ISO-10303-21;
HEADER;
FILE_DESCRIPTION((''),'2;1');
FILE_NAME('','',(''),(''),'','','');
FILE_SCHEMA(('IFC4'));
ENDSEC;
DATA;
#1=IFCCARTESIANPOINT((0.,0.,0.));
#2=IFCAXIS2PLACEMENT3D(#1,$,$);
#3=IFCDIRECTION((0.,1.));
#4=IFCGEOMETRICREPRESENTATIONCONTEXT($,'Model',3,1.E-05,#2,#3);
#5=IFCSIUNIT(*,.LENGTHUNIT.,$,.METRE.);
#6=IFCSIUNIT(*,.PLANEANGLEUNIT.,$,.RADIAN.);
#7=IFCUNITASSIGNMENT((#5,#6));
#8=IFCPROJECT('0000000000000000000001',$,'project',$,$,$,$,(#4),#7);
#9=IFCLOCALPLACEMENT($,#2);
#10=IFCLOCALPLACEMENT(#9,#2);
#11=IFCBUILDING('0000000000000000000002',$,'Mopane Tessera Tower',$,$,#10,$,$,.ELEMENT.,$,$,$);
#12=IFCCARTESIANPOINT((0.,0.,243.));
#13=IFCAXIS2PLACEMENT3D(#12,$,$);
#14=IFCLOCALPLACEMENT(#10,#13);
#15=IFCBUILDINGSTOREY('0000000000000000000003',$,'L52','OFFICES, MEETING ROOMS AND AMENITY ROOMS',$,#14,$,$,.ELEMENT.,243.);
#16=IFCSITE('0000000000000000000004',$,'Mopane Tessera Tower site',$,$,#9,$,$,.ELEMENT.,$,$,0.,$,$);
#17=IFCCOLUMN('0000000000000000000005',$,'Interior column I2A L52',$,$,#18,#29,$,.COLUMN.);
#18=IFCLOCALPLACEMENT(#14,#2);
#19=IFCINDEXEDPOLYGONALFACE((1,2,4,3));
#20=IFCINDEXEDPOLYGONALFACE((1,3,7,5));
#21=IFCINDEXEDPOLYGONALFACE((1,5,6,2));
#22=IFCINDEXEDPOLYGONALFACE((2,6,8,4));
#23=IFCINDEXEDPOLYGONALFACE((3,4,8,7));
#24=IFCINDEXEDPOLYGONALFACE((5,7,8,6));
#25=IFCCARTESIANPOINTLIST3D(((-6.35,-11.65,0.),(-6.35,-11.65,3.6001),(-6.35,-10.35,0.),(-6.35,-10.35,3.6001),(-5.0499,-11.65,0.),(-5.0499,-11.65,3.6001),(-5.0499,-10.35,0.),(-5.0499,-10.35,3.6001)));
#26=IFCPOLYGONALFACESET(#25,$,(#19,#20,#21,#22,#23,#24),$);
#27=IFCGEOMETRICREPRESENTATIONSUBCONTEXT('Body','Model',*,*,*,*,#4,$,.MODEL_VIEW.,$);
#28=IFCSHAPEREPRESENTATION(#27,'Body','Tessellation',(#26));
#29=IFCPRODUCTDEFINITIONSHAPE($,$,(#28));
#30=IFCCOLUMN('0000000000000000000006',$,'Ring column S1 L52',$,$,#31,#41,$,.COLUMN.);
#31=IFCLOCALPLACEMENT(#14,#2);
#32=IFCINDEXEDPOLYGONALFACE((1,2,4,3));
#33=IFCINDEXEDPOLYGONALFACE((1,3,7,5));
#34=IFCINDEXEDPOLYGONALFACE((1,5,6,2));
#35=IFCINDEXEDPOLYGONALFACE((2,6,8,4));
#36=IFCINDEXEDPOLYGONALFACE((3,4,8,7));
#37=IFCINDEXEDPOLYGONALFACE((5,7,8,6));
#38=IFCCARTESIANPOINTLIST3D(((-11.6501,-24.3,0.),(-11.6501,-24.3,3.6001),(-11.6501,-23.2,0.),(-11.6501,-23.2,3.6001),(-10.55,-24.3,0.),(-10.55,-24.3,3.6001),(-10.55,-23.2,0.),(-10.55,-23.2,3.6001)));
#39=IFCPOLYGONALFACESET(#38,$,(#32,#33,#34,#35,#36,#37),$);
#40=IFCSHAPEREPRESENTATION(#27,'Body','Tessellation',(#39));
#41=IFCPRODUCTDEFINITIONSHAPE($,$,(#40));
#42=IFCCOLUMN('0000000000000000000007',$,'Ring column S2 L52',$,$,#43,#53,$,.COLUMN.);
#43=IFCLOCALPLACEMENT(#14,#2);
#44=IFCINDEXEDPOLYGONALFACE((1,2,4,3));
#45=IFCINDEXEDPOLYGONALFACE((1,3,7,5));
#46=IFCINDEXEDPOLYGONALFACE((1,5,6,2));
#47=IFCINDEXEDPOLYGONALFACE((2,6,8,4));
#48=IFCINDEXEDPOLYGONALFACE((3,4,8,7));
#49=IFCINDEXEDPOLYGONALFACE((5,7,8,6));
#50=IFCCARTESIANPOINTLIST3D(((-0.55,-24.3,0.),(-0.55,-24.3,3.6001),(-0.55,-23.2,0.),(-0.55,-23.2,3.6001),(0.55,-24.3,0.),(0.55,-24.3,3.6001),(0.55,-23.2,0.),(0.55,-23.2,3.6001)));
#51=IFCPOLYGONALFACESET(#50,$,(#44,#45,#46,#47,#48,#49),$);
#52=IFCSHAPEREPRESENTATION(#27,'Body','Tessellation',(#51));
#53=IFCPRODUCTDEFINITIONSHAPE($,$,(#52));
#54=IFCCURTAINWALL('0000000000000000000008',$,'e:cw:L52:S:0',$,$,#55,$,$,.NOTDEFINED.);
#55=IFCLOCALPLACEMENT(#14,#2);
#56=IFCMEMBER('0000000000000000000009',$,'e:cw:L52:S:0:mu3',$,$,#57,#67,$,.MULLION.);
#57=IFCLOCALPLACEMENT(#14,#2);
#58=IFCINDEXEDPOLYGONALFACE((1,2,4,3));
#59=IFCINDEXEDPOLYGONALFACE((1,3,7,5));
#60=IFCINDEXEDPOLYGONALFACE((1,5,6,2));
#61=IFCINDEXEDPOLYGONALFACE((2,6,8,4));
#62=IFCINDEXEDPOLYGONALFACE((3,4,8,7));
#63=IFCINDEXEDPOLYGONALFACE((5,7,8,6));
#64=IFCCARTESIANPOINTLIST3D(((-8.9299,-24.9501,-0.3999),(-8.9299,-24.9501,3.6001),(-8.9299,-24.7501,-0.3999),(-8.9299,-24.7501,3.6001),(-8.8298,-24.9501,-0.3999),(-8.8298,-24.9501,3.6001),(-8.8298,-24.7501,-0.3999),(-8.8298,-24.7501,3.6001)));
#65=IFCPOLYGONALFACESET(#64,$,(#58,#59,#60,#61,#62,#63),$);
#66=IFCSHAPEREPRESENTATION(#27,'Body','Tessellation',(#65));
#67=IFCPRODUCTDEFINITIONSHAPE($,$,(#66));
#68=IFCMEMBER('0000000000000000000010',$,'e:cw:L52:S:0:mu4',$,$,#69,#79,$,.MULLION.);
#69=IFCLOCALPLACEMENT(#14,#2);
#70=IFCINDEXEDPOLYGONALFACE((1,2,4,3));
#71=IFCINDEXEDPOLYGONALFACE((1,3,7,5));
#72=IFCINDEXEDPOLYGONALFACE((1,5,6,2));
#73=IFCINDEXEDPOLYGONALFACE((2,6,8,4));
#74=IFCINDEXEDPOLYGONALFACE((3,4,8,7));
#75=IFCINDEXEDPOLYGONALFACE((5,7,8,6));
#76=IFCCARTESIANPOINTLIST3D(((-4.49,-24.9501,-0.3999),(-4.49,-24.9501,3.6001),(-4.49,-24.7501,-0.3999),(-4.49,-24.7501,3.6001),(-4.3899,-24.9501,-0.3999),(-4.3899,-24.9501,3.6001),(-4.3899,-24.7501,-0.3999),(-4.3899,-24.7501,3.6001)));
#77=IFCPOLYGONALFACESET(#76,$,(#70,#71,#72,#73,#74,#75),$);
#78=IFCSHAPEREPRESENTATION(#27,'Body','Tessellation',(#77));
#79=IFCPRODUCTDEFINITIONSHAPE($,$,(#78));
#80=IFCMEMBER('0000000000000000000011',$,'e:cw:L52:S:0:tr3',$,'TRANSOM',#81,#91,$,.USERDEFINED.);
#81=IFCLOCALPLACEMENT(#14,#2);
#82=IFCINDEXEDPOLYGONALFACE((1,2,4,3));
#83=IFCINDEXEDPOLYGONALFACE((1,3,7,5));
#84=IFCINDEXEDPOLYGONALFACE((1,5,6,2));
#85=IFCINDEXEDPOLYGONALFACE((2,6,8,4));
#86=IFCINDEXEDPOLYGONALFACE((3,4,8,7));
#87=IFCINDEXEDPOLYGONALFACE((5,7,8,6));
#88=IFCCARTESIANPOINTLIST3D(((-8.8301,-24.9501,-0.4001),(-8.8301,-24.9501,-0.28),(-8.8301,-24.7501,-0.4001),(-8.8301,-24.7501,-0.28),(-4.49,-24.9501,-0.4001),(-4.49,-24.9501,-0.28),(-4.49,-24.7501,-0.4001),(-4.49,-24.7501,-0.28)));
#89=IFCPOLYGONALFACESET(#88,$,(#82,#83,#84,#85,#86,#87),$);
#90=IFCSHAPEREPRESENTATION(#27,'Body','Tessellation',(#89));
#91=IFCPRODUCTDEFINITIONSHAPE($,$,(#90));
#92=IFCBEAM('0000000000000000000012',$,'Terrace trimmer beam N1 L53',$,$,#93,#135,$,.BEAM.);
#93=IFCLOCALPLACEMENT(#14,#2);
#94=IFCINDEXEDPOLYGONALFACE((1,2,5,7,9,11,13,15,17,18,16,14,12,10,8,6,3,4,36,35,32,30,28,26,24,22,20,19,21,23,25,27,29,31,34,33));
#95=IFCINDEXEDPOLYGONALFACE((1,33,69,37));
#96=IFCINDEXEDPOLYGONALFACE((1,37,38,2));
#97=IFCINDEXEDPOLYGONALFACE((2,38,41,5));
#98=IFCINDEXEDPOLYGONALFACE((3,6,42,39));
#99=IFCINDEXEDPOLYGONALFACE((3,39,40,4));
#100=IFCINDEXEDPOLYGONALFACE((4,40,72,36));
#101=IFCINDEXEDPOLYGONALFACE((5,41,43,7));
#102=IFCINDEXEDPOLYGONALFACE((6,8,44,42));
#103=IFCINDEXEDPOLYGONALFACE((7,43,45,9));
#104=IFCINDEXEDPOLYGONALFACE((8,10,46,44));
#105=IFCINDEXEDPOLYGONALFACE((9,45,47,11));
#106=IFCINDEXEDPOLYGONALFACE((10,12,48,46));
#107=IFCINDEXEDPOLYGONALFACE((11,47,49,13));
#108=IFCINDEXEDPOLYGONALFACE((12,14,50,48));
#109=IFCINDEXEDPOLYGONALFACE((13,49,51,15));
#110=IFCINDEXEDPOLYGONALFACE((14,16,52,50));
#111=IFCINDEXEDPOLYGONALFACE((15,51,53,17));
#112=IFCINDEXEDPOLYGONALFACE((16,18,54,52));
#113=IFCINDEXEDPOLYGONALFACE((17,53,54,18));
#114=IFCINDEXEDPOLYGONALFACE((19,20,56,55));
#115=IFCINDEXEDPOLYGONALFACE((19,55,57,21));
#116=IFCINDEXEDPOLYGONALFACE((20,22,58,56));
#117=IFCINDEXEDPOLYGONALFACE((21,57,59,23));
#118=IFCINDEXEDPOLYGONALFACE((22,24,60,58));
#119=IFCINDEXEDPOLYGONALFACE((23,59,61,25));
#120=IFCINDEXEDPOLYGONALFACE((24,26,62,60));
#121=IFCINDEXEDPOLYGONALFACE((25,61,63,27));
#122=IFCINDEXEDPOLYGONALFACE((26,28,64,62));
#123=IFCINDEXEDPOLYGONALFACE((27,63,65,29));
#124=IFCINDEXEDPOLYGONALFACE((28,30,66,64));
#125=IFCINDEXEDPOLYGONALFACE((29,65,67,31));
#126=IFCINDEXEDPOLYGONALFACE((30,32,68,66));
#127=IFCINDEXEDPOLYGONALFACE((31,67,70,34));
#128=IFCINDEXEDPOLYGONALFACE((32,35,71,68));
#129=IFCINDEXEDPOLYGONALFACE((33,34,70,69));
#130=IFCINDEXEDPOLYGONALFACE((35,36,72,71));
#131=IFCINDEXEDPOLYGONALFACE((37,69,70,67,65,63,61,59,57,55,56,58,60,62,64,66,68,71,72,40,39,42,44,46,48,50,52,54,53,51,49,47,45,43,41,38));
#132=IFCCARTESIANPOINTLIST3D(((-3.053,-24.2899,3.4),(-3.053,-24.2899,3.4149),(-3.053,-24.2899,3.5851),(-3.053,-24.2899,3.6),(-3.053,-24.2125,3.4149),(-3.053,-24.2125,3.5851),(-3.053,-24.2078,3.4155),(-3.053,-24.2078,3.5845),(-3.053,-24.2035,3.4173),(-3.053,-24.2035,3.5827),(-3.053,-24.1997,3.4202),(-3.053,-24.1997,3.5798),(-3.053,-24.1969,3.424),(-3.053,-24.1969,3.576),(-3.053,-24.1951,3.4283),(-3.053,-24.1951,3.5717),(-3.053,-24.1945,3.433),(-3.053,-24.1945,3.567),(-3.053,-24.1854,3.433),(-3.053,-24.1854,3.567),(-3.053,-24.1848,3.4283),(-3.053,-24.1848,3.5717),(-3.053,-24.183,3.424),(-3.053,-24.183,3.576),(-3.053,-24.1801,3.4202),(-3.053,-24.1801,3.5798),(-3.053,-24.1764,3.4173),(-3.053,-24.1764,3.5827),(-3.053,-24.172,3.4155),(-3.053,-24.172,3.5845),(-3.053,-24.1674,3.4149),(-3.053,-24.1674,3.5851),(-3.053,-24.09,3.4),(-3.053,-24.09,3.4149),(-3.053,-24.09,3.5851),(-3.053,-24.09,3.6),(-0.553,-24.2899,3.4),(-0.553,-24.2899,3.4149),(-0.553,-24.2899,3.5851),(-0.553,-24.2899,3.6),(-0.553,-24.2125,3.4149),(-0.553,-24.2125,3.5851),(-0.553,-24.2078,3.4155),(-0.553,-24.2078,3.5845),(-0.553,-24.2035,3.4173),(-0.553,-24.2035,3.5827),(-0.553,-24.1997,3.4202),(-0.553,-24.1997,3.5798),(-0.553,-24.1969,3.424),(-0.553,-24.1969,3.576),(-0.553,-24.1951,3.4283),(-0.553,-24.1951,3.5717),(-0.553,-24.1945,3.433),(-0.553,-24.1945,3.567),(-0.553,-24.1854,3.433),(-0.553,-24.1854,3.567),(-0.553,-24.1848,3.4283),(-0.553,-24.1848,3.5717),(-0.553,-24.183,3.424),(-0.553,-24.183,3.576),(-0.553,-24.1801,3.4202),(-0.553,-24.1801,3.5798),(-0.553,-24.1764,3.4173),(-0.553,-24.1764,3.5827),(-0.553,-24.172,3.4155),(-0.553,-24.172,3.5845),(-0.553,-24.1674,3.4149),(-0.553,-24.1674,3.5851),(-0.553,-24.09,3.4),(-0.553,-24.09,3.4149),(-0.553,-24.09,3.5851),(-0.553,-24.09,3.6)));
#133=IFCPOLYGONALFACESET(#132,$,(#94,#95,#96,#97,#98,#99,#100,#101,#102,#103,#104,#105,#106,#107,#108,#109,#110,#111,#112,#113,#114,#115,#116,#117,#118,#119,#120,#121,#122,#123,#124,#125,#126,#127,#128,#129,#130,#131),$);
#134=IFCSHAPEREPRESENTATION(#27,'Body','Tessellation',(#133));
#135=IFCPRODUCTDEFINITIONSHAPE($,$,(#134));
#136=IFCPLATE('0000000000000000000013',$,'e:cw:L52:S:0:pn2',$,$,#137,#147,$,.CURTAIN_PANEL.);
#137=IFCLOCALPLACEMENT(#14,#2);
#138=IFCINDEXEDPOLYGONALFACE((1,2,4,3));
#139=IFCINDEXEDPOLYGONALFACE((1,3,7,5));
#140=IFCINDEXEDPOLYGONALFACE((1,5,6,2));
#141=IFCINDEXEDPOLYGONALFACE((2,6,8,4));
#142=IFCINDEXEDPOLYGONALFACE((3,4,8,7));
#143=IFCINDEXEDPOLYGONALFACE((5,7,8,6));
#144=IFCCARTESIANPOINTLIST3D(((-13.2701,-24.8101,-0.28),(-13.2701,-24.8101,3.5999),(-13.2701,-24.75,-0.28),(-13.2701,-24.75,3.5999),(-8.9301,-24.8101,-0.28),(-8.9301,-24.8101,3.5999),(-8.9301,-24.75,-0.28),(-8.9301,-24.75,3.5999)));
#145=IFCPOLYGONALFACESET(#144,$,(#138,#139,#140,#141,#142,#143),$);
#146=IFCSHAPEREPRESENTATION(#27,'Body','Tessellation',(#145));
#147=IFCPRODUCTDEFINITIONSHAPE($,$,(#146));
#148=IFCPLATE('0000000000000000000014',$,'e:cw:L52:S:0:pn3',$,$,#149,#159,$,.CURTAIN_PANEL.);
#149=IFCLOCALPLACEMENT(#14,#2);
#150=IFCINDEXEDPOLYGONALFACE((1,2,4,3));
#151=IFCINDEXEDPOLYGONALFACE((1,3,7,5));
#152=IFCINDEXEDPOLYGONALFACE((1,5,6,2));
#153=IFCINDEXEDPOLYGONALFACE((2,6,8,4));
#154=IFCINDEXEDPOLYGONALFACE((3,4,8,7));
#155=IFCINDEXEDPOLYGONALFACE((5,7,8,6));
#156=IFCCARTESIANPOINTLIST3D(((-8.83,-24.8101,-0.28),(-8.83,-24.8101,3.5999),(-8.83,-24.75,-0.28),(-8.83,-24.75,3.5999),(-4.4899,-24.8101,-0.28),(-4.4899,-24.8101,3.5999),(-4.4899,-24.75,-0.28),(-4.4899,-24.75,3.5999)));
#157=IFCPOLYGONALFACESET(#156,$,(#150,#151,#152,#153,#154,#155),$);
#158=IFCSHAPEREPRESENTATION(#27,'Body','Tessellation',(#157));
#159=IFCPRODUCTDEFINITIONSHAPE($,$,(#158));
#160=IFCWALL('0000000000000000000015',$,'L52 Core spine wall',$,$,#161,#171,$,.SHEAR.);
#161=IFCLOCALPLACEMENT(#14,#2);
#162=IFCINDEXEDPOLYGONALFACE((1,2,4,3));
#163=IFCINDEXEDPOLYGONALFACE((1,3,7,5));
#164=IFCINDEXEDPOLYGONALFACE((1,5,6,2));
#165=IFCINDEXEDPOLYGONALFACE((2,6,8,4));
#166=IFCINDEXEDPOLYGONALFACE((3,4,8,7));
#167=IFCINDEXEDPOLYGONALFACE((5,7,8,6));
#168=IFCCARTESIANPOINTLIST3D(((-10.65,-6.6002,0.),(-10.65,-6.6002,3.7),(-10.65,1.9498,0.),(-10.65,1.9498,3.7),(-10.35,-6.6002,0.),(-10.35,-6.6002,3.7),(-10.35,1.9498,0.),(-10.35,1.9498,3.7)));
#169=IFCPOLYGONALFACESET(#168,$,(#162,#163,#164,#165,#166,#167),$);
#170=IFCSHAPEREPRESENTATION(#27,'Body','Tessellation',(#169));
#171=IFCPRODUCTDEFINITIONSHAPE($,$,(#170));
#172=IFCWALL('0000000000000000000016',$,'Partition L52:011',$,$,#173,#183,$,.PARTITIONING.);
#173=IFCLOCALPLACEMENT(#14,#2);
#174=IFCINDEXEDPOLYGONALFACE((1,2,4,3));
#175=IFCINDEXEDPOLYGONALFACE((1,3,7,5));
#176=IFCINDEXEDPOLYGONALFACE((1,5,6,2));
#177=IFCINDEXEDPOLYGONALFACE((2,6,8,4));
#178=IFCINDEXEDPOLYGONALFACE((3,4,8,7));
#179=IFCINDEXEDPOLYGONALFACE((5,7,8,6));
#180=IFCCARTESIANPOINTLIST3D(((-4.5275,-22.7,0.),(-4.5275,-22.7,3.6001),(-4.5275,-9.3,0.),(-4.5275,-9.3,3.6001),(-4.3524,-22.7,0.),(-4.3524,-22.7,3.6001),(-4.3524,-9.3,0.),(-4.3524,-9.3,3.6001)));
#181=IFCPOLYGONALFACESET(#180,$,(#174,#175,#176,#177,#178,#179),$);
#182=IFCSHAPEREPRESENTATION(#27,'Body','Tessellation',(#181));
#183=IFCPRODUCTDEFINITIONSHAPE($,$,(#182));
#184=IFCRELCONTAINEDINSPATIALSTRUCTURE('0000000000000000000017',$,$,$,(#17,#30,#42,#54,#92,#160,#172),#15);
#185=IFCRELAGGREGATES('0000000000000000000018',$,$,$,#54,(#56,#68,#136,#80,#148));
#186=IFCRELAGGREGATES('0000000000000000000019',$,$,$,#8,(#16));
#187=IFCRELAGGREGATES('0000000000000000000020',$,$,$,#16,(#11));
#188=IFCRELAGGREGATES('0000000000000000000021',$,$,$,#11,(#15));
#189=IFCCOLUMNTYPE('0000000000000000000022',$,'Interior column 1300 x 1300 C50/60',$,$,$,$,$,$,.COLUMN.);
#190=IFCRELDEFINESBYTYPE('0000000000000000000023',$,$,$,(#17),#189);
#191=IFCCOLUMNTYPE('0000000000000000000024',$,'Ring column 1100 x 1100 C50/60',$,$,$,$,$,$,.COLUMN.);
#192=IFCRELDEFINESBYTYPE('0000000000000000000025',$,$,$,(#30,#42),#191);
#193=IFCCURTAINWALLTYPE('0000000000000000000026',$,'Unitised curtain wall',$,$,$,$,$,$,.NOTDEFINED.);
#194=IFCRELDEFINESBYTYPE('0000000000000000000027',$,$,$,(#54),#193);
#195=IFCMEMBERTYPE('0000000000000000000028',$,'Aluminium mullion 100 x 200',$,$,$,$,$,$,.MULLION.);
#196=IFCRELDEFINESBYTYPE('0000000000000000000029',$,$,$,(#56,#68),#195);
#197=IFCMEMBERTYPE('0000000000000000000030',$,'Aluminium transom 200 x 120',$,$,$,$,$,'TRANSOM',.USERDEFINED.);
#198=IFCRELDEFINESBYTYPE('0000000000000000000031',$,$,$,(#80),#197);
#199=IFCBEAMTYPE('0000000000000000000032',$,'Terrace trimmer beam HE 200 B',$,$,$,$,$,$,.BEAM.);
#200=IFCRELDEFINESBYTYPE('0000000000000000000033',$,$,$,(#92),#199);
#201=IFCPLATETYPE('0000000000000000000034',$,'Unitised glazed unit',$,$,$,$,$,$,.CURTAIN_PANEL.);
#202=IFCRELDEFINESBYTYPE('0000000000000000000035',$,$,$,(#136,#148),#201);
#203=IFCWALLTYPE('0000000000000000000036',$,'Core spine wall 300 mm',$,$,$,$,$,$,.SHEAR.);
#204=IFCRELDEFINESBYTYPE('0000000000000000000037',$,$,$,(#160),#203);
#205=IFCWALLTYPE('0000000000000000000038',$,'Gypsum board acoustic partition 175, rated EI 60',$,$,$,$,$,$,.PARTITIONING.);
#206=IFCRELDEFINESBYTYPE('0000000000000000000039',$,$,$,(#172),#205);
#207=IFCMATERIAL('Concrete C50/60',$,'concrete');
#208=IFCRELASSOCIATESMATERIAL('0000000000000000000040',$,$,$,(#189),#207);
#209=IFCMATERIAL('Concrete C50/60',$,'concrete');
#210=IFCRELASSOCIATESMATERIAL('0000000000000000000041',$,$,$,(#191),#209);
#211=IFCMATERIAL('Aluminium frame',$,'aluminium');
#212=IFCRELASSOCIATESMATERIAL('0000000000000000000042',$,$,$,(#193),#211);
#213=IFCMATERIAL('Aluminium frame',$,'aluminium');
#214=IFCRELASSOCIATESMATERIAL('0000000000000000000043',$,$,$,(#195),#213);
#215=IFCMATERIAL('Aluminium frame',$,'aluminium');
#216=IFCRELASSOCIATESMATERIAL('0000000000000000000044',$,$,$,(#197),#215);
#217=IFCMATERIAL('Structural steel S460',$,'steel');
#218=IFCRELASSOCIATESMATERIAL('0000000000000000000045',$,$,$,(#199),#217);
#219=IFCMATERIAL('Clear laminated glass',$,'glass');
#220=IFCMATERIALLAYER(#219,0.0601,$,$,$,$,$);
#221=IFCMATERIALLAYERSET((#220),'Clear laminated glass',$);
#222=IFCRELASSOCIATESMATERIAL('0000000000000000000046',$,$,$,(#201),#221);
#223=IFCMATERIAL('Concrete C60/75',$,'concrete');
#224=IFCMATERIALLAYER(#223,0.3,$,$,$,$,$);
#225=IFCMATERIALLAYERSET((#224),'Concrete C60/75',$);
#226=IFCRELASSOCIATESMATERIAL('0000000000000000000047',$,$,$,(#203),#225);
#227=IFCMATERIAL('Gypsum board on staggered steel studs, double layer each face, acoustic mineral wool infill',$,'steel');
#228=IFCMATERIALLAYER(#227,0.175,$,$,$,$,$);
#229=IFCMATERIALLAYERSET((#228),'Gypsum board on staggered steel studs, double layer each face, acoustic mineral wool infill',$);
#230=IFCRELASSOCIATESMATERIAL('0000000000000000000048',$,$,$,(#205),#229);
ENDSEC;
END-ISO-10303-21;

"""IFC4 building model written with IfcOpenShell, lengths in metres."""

from ifc_helpers import new_model, si_unit, direction, frame, frame_2d, origin, origin_2d, place, context, subcontext, project, spatial, rectangle, i_section, extrude, material, layer, layer_set, material_profile, profile_set, type_object, element, aggregate, save


model = new_model("IFC4")

# Units and contexts
model_context = context("Model", 3, precision=1e-05, world=origin(), true_north=direction((0.0, 1.0)))
body_context = subcontext(model_context, "Body", "Model", "MODEL_VIEW")
ifc_project = project(units=[si_unit("LENGTHUNIT", "METRE"), si_unit("PLANEANGLEUNIT", "RADIAN")], contexts=[model_context])

# Site, building, storey
site_placement = place(None, origin())
site = spatial("IfcSite", under=ifc_project, at=site_placement, Name="Mopane Tessera Tower site", CompositionType="ELEMENT", RefElevation=0.0)
building_placement = place(site_placement, origin())
building = spatial("IfcBuilding", under=site, at=building_placement, Name="Mopane Tessera Tower", CompositionType="ELEMENT")
storey_placement = place(building_placement, frame((0.0, 0.0, 243.0)))
storey = spatial("IfcBuildingStorey", under=building, at=storey_placement, Name="L52", Description="OFFICES, MEETING ROOMS AND AMENITY ROOMS", CompositionType="ELEMENT", Elevation=243.0)

# Columns
ifc_material_1 = material(Name="Concrete C50/60", Category="concrete")
ifc_material_profile_1 = material_profile(ifc_material_1, rectangle(XDim=1.3, YDim=1.3, at=origin_2d()))
ifc_profile_set_1 = profile_set([ifc_material_profile_1], Name="Concrete C50/60")
column_type_1 = type_object("IfcColumnType", Name="Interior column 1300 x 1300 C50/60", PredefinedType="COLUMN", material=ifc_profile_set_1)
column_placement = place(storey_placement, frame((-5.7, -11.0, 0.0), z_axis=(0.0, 0.0, 1.0), x_axis=(1.0, 0.0, 0.0)))
element("IfcColumn", 1, at=column_placement, inside=storey, type_object=column_type_1, Name="Interior column I2A L52", PredefinedType="COLUMN", context=body_context, shape_type="SweptSolid", body=[
    extrude(rectangle(XDim=1.3, YDim=1.3, at=origin_2d()), origin(), (0.0, 0.0, 1.0), 3.6001),
])
ifc_material_2 = material(Name="Concrete C50/60", Category="concrete")
ifc_material_profile_2 = material_profile(ifc_material_2, rectangle(XDim=1.1001, YDim=1.1001, at=origin_2d()))
ifc_profile_set_2 = profile_set([ifc_material_profile_2], Name="Concrete C50/60")
column_type_2 = type_object("IfcColumnType", Name="Ring column 1100 x 1100 C50/60", PredefinedType="COLUMN", material=ifc_profile_set_2)
for number, where, z_axis, x_axis, name in (
    (2, (-11.1001, -23.75, 0.0), (0.0, 0.0, 1.0), (1.0, 0.0, 0.0), "Ring column S1 L52"),
    (3, (0.0, -23.75, 0.0), (0.0, 0.0, 1.0), (1.0, 0.0, 0.0), "Ring column S2 L52"),
):
    element("IfcColumn", number, at=place(storey_placement, frame(where, z_axis=z_axis, x_axis=x_axis)), inside=storey, type_object=column_type_2, Name=name, PredefinedType="COLUMN", context=body_context, shape_type="SweptSolid", body=[
        extrude(rectangle(XDim=1.1001, YDim=1.1001, at=origin_2d()), origin(), (0.0, 0.0, 1.0), 3.6001),
    ])

# Curtain wall, members
ifc_material_3 = material(Name="Aluminium frame", Category="aluminium")
curtain_wall_type = type_object("IfcCurtainWallType", Name="Unitised curtain wall", PredefinedType="NOTDEFINED", material=ifc_material_3)
curtain_wall_placement = place(storey_placement, origin())
curtain_wall = element("IfcCurtainWall", 4, at=curtain_wall_placement, inside=storey, type_object=curtain_wall_type, Name="e:cw:L52:S:0", PredefinedType="NOTDEFINED")
ifc_material_4 = material(Name="Aluminium frame", Category="aluminium")
ifc_material_profile_3 = material_profile(ifc_material_4, rectangle(XDim=0.1001, YDim=0.2, at=origin_2d()))
ifc_profile_set_3 = profile_set([ifc_material_profile_3], Name="Aluminium frame")
member_type_1 = type_object("IfcMemberType", Name="Aluminium mullion 100 x 200", PredefinedType="MULLION", material=ifc_profile_set_3)
member_1_placement = place(storey_placement, frame((-8.8799, -24.8501, -0.3999), z_axis=(0.0, 0.0, 1.0), x_axis=(1.0, 0.0, 0.0)))
member_1 = element("IfcMember", 5, at=member_1_placement, type_object=member_type_1, Name="e:cw:L52:S:0:mu3", PredefinedType="MULLION", context=body_context, shape_type="SweptSolid", body=[
    extrude(rectangle(XDim=0.1001, YDim=0.2, at=origin_2d()), origin(), (0.0, 0.0, 1.0), 4.0),
])
member_2_placement = place(storey_placement, frame((-4.4399, -24.8501, -0.3999), z_axis=(0.0, 0.0, 1.0), x_axis=(1.0, 0.0, 0.0)))
member_2 = element("IfcMember", 6, at=member_2_placement, type_object=member_type_1, Name="e:cw:L52:S:0:mu4", PredefinedType="MULLION", context=body_context, shape_type="SweptSolid", body=[
    extrude(rectangle(XDim=0.1001, YDim=0.2, at=origin_2d()), origin(), (0.0, 0.0, 1.0), 4.0),
])
ifc_material_5 = material(Name="Aluminium frame", Category="aluminium")
ifc_material_profile_4 = material_profile(ifc_material_5, rectangle(XDim=0.2, YDim=0.1201, at=origin_2d()))
ifc_profile_set_4 = profile_set([ifc_material_profile_4], Name="Aluminium frame")
member_type_2 = type_object("IfcMemberType", Name="Aluminium transom 200 x 120", ElementType="TRANSOM", PredefinedType="USERDEFINED", material=ifc_profile_set_4)
member_3_placement = place(storey_placement, frame((-8.8301, -24.8501, -0.3401), z_axis=(1.0, 0.0, 0.0), x_axis=(0.0, 1.0, 0.0)))
member_3 = element("IfcMember", 7, at=member_3_placement, type_object=member_type_2, Name="e:cw:L52:S:0:tr3", ObjectType="TRANSOM", PredefinedType="USERDEFINED", context=body_context, shape_type="SweptSolid", body=[
    extrude(rectangle(XDim=0.2, YDim=0.1201, at=origin_2d()), origin(), (0.0, 0.0, 1.0), 4.3401),
])

# Beam
ifc_material_6 = material(Name="Structural steel S460", Category="steel")
ifc_material_profile_5 = material_profile(ifc_material_6, i_section(OverallWidth=0.2, OverallDepth=0.2, WebThickness=0.009, FlangeThickness=0.0149, FilletRadius=0.0181, at=origin_2d()))
ifc_profile_set_5 = profile_set([ifc_material_profile_5], Name="Structural steel S460")
beam_type = type_object("IfcBeamType", Name="Terrace trimmer beam HE 200 B", PredefinedType="BEAM", material=ifc_profile_set_5)
beam_placement = place(storey_placement, frame((-0.553, -24.1899, 3.5), z_axis=(-1.0, 0.0, 0.0), x_axis=(0.0, -1.0, 0.0)))
element("IfcBeam", 8, at=beam_placement, inside=storey, type_object=beam_type, Name="Terrace trimmer beam N1 L53", PredefinedType="BEAM", context=body_context, shape_type="SweptSolid", body=[
    extrude(i_section(OverallWidth=0.2, OverallDepth=0.2, WebThickness=0.009, FlangeThickness=0.0149, FilletRadius=0.0181, at=origin_2d()), origin(), (0.0, 0.0, 1.0), 2.5),
])

# Plates
ifc_material_7 = material(Name="Clear laminated glass", Category="glass")
ifc_layer_1 = layer(ifc_material_7, 0.0601)
ifc_layer_set_1 = layer_set([ifc_layer_1], Name="Clear laminated glass")
plate_type = type_object("IfcPlateType", Name="Unitised glazed unit", PredefinedType="CURTAIN_PANEL", material=ifc_layer_set_1)
plate_1_placement = place(storey_placement, frame((-11.1001, -24.78, -0.28), z_axis=(0.0, 0.0, 1.0), x_axis=(1.0, 0.0, 0.0)))
plate_1 = element("IfcPlate", 9, at=plate_1_placement, type_object=plate_type, Name="e:cw:L52:S:0:pn2", PredefinedType="CURTAIN_PANEL", context=body_context, shape_type="SweptSolid", body=[
    extrude(rectangle(XDim=4.3401, YDim=0.0601, at=origin_2d()), origin(), (0.0, 0.0, 1.0), 3.8799),
])
plate_2_placement = place(storey_placement, frame((-6.6599, -24.78, -0.28), z_axis=(0.0, 0.0, 1.0), x_axis=(1.0, 0.0, 0.0)))
plate_2 = element("IfcPlate", 10, at=plate_2_placement, type_object=plate_type, Name="e:cw:L52:S:0:pn3", PredefinedType="CURTAIN_PANEL", context=body_context, shape_type="SweptSolid", body=[
    extrude(rectangle(XDim=4.3401, YDim=0.0601, at=origin_2d()), origin(), (0.0, 0.0, 1.0), 3.8799),
])
aggregate(curtain_wall, [member_1, member_2, plate_1, member_3, plate_2])

# Walls
ifc_material_8 = material(Name="Concrete C60/75", Category="concrete")
ifc_layer_2 = layer(ifc_material_8, 0.3)
ifc_layer_set_2 = layer_set([ifc_layer_2], Name="Concrete C60/75")
wall_type_1 = type_object("IfcWallType", Name="Core spine wall 300 mm", PredefinedType="SHEAR", material=ifc_layer_set_2)
wall_1_placement = place(storey_placement, frame((-10.5, -6.6001, 0.0), z_axis=(0.0, 0.0, 1.0), x_axis=(0.0, 1.0, 0.0)))
element("IfcWall", 11, at=wall_1_placement, inside=storey, type_object=wall_type_1, Name="L52 Core spine wall", PredefinedType="SHEAR", context=body_context, shape_type="SweptSolid", body=[
    extrude(rectangle(XDim=8.55, YDim=0.3, at=frame_2d((4.2749, 0.0))), origin(), (0.0, 0.0, 1.0), 3.7),
])
ifc_material_9 = material(Name="Gypsum board on staggered steel studs, double layer each face, acoustic mineral wool infill", Category="steel")
ifc_layer_3 = layer(ifc_material_9, 0.175)
ifc_layer_set_3 = layer_set([ifc_layer_3], Name="Gypsum board on staggered steel studs, double layer each face, acoustic mineral wool infill")
wall_type_2 = type_object("IfcWallType", Name="Gypsum board acoustic partition 175, rated EI 60", PredefinedType="PARTITIONING", material=ifc_layer_set_3)
wall_2_placement = place(storey_placement, frame((-4.4399, -22.7, 0.0), z_axis=(0.0, 0.0, 1.0), x_axis=(0.0, 1.0, 0.0)))
element("IfcWall", 12, at=wall_2_placement, inside=storey, type_object=wall_type_2, Name="Partition L52:011", PredefinedType="PARTITIONING", context=body_context, shape_type="SweptSolid", body=[
    extrude(rectangle(XDim=13.3999, YDim=0.175, at=frame_2d((6.7, 0.0))), origin(), (0.0, 0.0, 1.0), 3.6001),
])

save(model, "model.ifc")
